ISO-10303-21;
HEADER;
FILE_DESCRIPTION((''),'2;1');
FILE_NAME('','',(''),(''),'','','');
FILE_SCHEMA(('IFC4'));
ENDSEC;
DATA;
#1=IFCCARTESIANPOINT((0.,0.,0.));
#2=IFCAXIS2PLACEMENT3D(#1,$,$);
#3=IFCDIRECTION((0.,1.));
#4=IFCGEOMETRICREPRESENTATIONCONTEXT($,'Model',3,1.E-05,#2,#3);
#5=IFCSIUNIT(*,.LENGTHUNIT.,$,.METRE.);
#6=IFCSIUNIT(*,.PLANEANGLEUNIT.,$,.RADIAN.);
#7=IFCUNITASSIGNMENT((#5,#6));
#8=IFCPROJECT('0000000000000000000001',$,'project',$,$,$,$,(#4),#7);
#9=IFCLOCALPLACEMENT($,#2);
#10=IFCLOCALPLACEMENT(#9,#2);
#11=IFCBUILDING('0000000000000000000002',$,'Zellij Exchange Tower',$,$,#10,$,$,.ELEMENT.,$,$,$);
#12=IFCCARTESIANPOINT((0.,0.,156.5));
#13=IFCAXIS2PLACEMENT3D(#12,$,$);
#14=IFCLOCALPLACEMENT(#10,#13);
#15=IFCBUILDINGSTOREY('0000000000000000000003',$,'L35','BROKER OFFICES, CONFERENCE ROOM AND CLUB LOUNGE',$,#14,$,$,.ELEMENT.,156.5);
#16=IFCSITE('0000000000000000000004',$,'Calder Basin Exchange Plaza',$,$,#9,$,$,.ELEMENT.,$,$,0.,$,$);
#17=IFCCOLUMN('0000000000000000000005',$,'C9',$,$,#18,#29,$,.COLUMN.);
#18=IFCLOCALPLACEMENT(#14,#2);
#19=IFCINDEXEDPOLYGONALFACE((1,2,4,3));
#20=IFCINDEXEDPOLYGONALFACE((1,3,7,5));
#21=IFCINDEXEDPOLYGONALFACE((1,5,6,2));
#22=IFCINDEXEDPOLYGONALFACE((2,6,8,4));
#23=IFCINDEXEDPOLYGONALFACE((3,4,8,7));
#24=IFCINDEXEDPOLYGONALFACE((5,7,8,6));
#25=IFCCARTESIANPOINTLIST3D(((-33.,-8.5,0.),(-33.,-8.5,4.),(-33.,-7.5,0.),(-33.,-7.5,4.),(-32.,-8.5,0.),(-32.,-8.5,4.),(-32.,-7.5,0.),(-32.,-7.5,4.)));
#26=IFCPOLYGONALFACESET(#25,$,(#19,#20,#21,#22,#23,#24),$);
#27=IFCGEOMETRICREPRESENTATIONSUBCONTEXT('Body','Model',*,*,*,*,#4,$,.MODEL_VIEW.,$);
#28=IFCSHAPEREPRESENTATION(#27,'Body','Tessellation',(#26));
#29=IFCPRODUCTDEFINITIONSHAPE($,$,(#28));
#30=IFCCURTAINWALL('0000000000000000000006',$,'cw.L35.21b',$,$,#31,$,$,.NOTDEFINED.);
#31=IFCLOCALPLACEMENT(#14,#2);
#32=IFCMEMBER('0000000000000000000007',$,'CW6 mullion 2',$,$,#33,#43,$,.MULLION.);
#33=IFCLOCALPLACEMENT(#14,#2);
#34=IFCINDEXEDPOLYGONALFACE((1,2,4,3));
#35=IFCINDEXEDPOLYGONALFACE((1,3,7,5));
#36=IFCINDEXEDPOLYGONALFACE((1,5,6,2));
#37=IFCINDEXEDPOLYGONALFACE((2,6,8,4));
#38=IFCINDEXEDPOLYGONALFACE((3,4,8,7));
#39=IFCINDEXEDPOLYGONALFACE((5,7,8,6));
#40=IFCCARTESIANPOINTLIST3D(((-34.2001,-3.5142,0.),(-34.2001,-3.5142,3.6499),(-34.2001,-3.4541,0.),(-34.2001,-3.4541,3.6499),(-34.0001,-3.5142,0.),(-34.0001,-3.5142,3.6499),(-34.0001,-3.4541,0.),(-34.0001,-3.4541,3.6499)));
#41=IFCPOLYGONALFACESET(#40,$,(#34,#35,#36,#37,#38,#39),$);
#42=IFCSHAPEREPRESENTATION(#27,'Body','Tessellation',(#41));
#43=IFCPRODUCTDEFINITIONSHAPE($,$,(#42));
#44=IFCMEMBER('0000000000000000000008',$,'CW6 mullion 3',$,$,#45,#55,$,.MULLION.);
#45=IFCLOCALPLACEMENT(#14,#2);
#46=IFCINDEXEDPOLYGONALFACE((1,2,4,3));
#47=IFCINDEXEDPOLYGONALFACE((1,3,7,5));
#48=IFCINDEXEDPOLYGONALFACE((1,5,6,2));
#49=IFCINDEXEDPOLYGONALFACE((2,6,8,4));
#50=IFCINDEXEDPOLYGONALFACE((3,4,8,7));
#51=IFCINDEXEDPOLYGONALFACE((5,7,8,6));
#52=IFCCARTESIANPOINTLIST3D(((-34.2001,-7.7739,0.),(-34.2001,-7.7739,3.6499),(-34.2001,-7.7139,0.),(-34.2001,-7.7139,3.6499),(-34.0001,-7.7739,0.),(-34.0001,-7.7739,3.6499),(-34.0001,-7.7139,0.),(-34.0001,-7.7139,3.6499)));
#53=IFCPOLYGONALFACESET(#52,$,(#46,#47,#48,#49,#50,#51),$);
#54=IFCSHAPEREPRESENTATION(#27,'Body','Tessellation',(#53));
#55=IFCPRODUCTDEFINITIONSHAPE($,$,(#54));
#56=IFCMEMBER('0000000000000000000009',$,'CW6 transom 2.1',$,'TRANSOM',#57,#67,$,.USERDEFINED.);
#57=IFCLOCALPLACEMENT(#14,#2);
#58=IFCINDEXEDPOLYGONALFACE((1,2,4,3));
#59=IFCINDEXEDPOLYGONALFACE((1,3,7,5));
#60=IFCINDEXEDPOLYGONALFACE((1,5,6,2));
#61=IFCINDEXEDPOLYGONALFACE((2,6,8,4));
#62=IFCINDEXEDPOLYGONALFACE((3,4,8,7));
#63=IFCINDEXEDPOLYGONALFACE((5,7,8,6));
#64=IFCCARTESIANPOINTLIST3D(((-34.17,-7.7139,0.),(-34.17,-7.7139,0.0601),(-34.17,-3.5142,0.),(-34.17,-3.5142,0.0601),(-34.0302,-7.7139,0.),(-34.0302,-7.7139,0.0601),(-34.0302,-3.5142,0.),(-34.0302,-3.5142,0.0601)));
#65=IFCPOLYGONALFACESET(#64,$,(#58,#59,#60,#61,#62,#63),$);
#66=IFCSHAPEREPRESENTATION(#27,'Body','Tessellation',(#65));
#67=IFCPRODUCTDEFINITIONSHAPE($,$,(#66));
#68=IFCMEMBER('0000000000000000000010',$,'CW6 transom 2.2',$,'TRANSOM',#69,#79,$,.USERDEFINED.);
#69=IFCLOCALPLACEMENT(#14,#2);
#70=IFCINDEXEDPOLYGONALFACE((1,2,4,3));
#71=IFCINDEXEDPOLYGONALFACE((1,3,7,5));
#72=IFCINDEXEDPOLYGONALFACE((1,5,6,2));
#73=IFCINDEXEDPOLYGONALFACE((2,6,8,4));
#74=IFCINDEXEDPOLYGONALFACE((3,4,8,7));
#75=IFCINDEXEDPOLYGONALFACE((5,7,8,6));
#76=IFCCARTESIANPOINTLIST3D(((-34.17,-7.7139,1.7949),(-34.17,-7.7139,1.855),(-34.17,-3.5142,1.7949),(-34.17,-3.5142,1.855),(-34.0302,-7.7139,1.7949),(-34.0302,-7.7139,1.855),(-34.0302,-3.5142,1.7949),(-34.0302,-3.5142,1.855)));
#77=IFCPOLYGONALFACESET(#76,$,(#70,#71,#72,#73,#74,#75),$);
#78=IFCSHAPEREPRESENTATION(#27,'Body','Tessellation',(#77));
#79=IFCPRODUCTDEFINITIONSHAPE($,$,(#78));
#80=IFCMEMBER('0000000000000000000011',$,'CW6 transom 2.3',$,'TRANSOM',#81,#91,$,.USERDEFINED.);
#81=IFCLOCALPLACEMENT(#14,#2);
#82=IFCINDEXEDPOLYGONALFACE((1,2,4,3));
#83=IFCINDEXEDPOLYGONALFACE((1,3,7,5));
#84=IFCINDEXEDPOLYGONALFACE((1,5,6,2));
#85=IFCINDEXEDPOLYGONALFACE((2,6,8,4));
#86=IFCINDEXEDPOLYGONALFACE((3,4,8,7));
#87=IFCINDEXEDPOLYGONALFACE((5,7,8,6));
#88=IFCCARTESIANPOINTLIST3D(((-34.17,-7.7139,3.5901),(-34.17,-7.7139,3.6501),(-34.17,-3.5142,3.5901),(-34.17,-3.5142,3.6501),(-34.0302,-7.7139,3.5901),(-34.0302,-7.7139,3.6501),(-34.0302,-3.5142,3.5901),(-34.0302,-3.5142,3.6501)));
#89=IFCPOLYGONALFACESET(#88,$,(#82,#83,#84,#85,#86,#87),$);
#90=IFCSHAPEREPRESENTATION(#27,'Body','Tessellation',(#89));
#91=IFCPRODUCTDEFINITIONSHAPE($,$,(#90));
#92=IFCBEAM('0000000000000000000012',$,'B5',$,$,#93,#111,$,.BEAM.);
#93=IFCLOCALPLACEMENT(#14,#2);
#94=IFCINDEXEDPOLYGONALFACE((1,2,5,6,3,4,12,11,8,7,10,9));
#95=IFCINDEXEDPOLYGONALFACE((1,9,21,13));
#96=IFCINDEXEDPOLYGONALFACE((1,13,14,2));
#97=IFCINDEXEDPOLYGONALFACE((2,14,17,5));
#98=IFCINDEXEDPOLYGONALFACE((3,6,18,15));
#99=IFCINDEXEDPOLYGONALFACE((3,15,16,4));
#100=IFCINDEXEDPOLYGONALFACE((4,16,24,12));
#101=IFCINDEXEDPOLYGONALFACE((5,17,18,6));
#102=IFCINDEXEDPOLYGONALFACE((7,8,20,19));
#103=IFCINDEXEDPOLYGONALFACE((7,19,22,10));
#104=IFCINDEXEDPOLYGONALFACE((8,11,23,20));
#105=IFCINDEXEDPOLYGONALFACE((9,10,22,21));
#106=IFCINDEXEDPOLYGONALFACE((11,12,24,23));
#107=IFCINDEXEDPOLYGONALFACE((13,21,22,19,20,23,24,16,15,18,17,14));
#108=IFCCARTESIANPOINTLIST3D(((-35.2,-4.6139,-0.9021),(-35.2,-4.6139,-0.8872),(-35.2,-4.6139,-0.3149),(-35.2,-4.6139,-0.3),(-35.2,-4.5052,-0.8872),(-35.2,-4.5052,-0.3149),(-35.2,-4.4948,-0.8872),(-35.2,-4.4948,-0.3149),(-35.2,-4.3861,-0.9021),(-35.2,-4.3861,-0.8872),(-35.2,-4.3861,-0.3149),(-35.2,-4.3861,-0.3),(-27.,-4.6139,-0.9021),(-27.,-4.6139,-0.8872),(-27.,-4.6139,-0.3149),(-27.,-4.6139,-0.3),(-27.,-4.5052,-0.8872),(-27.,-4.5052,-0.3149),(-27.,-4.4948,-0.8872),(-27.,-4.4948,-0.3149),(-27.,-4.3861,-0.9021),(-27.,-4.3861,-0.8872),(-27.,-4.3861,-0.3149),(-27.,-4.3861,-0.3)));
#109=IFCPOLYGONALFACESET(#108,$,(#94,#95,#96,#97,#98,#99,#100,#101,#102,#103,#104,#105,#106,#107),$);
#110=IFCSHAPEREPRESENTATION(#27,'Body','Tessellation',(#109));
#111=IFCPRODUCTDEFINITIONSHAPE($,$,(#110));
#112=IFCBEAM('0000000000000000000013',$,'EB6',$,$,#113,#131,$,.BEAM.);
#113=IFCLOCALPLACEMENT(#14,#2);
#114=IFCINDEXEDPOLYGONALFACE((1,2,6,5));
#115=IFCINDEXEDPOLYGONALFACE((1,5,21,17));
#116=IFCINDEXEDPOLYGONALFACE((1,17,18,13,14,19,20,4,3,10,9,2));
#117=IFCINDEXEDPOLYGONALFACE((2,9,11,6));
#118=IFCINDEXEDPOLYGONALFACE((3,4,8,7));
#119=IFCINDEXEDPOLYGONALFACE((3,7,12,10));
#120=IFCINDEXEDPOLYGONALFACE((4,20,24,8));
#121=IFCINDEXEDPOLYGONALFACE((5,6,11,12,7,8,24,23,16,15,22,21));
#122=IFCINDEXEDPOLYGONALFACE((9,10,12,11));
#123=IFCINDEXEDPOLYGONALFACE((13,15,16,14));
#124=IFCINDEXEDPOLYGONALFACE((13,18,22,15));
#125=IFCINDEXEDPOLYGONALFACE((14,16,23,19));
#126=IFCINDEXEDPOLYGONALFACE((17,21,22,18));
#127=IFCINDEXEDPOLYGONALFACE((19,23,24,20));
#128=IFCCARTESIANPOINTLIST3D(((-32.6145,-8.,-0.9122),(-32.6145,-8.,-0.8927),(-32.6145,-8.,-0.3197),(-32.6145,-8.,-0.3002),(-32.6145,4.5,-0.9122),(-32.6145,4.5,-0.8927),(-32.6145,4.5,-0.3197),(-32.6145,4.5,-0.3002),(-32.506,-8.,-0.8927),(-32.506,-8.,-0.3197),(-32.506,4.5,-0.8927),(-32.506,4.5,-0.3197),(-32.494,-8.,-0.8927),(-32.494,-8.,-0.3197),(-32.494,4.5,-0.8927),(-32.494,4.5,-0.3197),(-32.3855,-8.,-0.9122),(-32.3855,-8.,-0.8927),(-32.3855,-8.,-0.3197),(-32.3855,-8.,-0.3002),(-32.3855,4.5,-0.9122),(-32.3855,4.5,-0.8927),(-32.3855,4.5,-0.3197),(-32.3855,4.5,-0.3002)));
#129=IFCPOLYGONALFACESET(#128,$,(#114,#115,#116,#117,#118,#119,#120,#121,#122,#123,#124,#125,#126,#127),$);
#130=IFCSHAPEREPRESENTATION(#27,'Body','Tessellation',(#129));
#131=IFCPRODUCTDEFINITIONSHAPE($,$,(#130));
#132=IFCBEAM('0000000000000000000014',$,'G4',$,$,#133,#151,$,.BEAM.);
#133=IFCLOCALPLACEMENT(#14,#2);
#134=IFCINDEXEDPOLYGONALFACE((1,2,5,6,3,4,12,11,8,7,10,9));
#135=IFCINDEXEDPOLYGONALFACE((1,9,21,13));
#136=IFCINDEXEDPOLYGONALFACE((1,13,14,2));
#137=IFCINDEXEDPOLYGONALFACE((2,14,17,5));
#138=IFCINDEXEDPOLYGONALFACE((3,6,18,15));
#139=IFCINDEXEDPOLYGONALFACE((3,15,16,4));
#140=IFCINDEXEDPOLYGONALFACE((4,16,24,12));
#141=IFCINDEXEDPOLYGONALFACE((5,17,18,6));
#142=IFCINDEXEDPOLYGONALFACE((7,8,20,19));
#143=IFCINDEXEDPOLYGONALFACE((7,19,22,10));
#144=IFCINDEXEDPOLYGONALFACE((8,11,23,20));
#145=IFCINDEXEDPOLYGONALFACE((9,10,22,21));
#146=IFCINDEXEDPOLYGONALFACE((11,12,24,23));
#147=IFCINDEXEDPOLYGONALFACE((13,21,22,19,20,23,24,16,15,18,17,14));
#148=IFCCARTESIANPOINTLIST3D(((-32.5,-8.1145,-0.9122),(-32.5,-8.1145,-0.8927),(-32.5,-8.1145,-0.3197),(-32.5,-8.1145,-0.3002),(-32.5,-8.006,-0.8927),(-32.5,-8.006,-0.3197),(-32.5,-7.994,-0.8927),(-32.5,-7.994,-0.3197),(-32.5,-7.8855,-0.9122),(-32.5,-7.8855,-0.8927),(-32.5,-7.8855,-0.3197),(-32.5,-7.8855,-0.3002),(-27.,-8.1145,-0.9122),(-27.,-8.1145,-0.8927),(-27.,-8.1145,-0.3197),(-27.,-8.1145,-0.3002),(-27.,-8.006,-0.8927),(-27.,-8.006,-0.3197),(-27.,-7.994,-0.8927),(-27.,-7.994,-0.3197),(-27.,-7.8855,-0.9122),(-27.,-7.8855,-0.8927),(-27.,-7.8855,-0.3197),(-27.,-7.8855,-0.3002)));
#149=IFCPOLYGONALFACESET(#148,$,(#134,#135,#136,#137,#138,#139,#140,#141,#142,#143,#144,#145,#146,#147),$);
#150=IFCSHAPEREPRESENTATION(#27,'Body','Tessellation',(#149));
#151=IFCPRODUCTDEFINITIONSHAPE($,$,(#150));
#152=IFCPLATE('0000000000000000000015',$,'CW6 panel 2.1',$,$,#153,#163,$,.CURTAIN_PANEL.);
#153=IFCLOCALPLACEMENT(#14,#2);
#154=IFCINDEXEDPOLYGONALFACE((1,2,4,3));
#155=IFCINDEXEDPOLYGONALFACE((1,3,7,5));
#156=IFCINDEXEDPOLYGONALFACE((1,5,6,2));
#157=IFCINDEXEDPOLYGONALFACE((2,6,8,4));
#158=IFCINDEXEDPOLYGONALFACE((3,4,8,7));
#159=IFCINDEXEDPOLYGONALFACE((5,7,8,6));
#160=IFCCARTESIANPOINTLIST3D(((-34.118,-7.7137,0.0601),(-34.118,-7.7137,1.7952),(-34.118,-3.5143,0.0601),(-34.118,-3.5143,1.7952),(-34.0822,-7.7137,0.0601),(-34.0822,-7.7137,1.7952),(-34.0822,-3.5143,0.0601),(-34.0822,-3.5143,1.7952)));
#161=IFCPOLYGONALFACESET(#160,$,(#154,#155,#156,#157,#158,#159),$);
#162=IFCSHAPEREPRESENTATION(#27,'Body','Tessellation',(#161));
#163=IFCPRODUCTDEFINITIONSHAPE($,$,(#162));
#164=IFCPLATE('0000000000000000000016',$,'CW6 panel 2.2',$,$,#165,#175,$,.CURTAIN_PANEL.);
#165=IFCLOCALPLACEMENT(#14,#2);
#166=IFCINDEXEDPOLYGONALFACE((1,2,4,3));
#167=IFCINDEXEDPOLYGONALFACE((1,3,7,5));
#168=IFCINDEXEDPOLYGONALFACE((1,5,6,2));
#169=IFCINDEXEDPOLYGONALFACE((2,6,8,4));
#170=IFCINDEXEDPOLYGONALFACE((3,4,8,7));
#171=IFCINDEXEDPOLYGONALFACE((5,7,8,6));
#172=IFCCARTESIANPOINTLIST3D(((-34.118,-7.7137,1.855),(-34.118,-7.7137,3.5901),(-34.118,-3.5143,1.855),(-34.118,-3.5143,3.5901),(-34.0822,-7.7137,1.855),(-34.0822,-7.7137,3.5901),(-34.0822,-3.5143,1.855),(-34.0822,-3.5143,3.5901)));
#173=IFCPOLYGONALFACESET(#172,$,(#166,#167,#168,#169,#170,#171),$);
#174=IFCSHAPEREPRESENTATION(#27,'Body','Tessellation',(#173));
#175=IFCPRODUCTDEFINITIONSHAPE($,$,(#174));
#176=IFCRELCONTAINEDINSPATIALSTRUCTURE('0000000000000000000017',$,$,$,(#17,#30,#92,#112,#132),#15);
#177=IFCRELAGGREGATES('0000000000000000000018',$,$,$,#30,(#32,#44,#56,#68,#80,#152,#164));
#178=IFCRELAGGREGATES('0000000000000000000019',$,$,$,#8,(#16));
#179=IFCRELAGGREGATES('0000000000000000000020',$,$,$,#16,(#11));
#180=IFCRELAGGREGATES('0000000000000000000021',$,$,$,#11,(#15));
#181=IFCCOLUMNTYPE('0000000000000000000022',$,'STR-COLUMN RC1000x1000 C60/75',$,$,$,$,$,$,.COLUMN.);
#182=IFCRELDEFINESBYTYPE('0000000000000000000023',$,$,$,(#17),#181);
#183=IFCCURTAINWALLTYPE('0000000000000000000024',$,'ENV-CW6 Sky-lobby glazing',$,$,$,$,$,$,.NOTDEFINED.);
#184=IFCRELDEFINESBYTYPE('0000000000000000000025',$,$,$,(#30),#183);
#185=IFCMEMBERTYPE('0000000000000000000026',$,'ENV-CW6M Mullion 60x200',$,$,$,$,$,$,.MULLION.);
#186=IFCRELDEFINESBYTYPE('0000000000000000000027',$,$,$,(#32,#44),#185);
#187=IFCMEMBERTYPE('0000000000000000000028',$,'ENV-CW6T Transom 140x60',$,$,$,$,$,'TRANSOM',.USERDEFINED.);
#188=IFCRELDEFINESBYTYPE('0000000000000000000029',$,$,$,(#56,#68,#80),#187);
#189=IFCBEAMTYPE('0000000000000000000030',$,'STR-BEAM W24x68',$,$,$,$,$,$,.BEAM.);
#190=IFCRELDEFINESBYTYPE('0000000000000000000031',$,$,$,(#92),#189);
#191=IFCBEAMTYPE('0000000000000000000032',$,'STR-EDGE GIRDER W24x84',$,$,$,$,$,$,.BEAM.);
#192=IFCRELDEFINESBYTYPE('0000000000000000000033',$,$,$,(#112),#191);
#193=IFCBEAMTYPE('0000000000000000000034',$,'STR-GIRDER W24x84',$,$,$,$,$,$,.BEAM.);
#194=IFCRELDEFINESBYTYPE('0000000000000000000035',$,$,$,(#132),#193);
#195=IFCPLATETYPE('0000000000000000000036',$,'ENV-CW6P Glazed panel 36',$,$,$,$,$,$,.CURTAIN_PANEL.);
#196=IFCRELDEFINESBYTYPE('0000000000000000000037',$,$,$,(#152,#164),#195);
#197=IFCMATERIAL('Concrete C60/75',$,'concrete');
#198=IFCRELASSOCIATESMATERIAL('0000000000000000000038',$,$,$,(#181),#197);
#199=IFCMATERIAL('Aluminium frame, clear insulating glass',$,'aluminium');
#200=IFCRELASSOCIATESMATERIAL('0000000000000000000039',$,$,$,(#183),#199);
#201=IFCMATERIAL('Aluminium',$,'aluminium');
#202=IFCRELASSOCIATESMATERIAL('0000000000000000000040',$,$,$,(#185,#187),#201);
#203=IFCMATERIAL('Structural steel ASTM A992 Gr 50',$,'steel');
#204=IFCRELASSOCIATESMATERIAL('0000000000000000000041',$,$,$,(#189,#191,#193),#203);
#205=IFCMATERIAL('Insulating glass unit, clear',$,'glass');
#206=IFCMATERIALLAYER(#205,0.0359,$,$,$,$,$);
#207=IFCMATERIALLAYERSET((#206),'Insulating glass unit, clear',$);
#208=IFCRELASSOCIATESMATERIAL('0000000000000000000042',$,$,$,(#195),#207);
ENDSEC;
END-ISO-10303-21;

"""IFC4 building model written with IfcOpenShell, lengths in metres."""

from ifc_helpers import new_model, si_unit, direction, frame, origin, origin_2d, place, context, subcontext, project, spatial, rectangle, i_section, extrude, material, layer, layer_set, material_profile, profile_set, type_object, element, aggregate, save


model = new_model("IFC4")

# Units and contexts
model_context = context("Model", 3, precision=1e-05, world=origin(), true_north=direction((0.0, 1.0)))
body_context = subcontext(model_context, "Body", "Model", "MODEL_VIEW")
ifc_project = project(units=[si_unit("LENGTHUNIT", "METRE"), si_unit("PLANEANGLEUNIT", "RADIAN")], contexts=[model_context])

# Site, building, storey
site_placement = place(None, origin())
site = spatial("IfcSite", under=ifc_project, at=site_placement, Name="Calder Basin Exchange Plaza", CompositionType="ELEMENT", RefElevation=0.0)
building_placement = place(site_placement, origin())
building = spatial("IfcBuilding", under=site, at=building_placement, Name="Zellij Exchange Tower", CompositionType="ELEMENT")
storey_placement = place(building_placement, frame((0.0, 0.0, 156.5)))
storey = spatial("IfcBuildingStorey", under=building, at=storey_placement, Name="L35", Description="BROKER OFFICES, CONFERENCE ROOM AND CLUB LOUNGE", CompositionType="ELEMENT", Elevation=156.5)

# Column
ifc_material_1 = material(Name="Concrete C60/75", Category="concrete")
ifc_material_profile_1 = material_profile(ifc_material_1, rectangle(XDim=1.0, YDim=1.0, at=origin_2d()), Name="STR-COLUMN RC1000x1000 C60/75")
ifc_profile_set_1 = profile_set([ifc_material_profile_1], Name="Concrete C60/75")
column_type = type_object("IfcColumnType", Name="STR-COLUMN RC1000x1000 C60/75", PredefinedType="COLUMN", material=ifc_profile_set_1)
column_placement = place(storey_placement, frame((-32.5, -8.0, 0.0), z_axis=(0.0, 0.0, 1.0), x_axis=(1.0, 0.0, 0.0)))
element("IfcColumn", 1, at=column_placement, inside=storey, type_object=column_type, Name="C9", PredefinedType="COLUMN", context=body_context, shape_type="SweptSolid", body=[
    extrude(rectangle(XDim=1.0, YDim=1.0, at=origin_2d()), origin(), (0.0, 0.0, 1.0), 4.0),
])

# Curtain wall, members
ifc_material_2 = material(Name="Aluminium frame, clear insulating glass", Category="aluminium")
curtain_wall_type = type_object("IfcCurtainWallType", Name="ENV-CW6 Sky-lobby glazing", PredefinedType="NOTDEFINED", material=ifc_material_2)
curtain_wall_placement = place(storey_placement, origin())
curtain_wall = element("IfcCurtainWall", 2, at=curtain_wall_placement, inside=storey, type_object=curtain_wall_type, Name="cw.L35.21b", PredefinedType="NOTDEFINED")
ifc_material_3 = material(Name="Aluminium", Category="aluminium")
ifc_material_profile_2 = material_profile(ifc_material_3, rectangle(XDim=0.0601, YDim=0.2, at=origin_2d()), Name="AL 60x200")
ifc_profile_set_2 = profile_set([ifc_material_profile_2], Name="Aluminium")
member_type_1 = type_object("IfcMemberType", Name="ENV-CW6M Mullion 60x200", PredefinedType="MULLION", material=ifc_profile_set_2)
member_1_placement = place(storey_placement, frame((-34.1001, -3.4841, 0.0), z_axis=(0.0, 0.0, 1.0), x_axis=(0.0, -1.0, 0.0)))
member_1 = element("IfcMember", 3, at=member_1_placement, type_object=member_type_1, Name="CW6 mullion 2", PredefinedType="MULLION", context=body_context, shape_type="SweptSolid", body=[
    extrude(rectangle(XDim=0.0601, YDim=0.2, at=origin_2d()), origin(), (0.0, 0.0, 1.0), 3.6499),
])
member_2_placement = place(storey_placement, frame((-34.1001, -7.7439, 0.0), z_axis=(0.0, 0.0, 1.0), x_axis=(0.0, -1.0, 0.0)))
member_2 = element("IfcMember", 4, at=member_2_placement, type_object=member_type_1, Name="CW6 mullion 3", PredefinedType="MULLION", context=body_context, shape_type="SweptSolid", body=[
    extrude(rectangle(XDim=0.0601, YDim=0.2, at=origin_2d()), origin(), (0.0, 0.0, 1.0), 3.6499),
])
ifc_material_profile_3 = material_profile(ifc_material_3, rectangle(XDim=0.1399, YDim=0.0601, at=origin_2d()), Name="AL 140x60")
ifc_profile_set_3 = profile_set([ifc_material_profile_3], Name="Aluminium")
member_type_2 = type_object("IfcMemberType", Name="ENV-CW6T Transom 140x60", ElementType="TRANSOM", PredefinedType="USERDEFINED", material=ifc_profile_set_3)
member_3_placement = place(storey_placement, frame((-34.1001, -3.5142, 0.03), z_axis=(0.0, -1.0, 0.0), x_axis=(1.0, 0.0, 0.0)))
member_3 = element("IfcMember", 5, at=member_3_placement, type_object=member_type_2, Name="CW6 transom 2.1", ObjectType="TRANSOM", PredefinedType="USERDEFINED", context=body_context, shape_type="SweptSolid", body=[
    extrude(rectangle(XDim=0.1399, YDim=0.0601, at=origin_2d()), origin(), (0.0, 0.0, 1.0), 4.1997),
])
member_4_placement = place(storey_placement, frame((-34.1001, -3.5142, 1.825), z_axis=(0.0, -1.0, 0.0), x_axis=(1.0, 0.0, 0.0)))
member_4 = element("IfcMember", 6, at=member_4_placement, type_object=member_type_2, Name="CW6 transom 2.2", ObjectType="TRANSOM", PredefinedType="USERDEFINED", context=body_context, shape_type="SweptSolid", body=[
    extrude(rectangle(XDim=0.1399, YDim=0.0601, at=origin_2d()), origin(), (0.0, 0.0, 1.0), 4.1997),
])
member_5_placement = place(storey_placement, frame((-34.1001, -3.5142, 3.6201), z_axis=(0.0, -1.0, 0.0), x_axis=(1.0, 0.0, 0.0)))
member_5 = element("IfcMember", 7, at=member_5_placement, type_object=member_type_2, Name="CW6 transom 2.3", ObjectType="TRANSOM", PredefinedType="USERDEFINED", context=body_context, shape_type="SweptSolid", body=[
    extrude(rectangle(XDim=0.1399, YDim=0.0601, at=origin_2d()), origin(), (0.0, 0.0, 1.0), 4.1997),
])

# Beams
ifc_material_4 = material(Name="Structural steel ASTM A992 Gr 50", Category="steel")
ifc_material_profile_4 = material_profile(ifc_material_4, i_section(OverallWidth=0.2278, OverallDepth=0.6021, WebThickness=0.0105, FlangeThickness=0.0149, at=origin_2d()), Name="W24x68")
ifc_profile_set_4 = profile_set([ifc_material_profile_4], Name="Structural steel ASTM A992 Gr 50")
beam_type_1 = type_object("IfcBeamType", Name="STR-BEAM W24x68", PredefinedType="BEAM", material=ifc_profile_set_4)
beam_1_placement = place(storey_placement, frame((-35.2, -4.5, -0.6011), z_axis=(1.0, 0.0, 0.0), x_axis=(0.0, 1.0, 0.0)))
element("IfcBeam", 8, at=beam_1_placement, inside=storey, type_object=beam_type_1, Name="B5", PredefinedType="BEAM", context=body_context, shape_type="SweptSolid", body=[
    extrude(i_section(OverallWidth=0.2278, OverallDepth=0.6021, WebThickness=0.0105, FlangeThickness=0.0149, at=origin_2d()), origin(), (0.0, 0.0, 1.0), 8.2),
])
ifc_material_profile_5 = material_profile(ifc_material_4, i_section(OverallWidth=0.229, OverallDepth=0.6121, WebThickness=0.012, FlangeThickness=0.0195, at=origin_2d()), Name="W24x84")
ifc_profile_set_5 = profile_set([ifc_material_profile_5], Name="Structural steel ASTM A992 Gr 50")
beam_type_2 = type_object("IfcBeamType", Name="STR-EDGE GIRDER W24x84", PredefinedType="BEAM", material=ifc_profile_set_5)
beam_2_placement = place(storey_placement, frame((-32.5, -8.0, -0.6062), z_axis=(0.0, 1.0, 0.0), x_axis=(-1.0, 0.0, 0.0)))
element("IfcBeam", 9, at=beam_2_placement, inside=storey, type_object=beam_type_2, Name="EB6", PredefinedType="BEAM", context=body_context, shape_type="SweptSolid", body=[
    extrude(i_section(OverallWidth=0.229, OverallDepth=0.6121, WebThickness=0.012, FlangeThickness=0.0195, at=origin_2d()), origin(), (0.0, 0.0, 1.0), 12.5),
])
ifc_material_profile_6 = material_profile(ifc_material_4, i_section(OverallWidth=0.229, OverallDepth=0.6121, WebThickness=0.012, FlangeThickness=0.0195, at=origin_2d()), Name="W24x84")
ifc_profile_set_6 = profile_set([ifc_material_profile_6], Name="Structural steel ASTM A992 Gr 50")
beam_type_3 = type_object("IfcBeamType", Name="STR-GIRDER W24x84", PredefinedType="BEAM", material=ifc_profile_set_6)
beam_3_placement = place(storey_placement, frame((-32.5, -8.0, -0.6062), z_axis=(1.0, 0.0, 0.0), x_axis=(0.0, 1.0, 0.0)))
element("IfcBeam", 10, at=beam_3_placement, inside=storey, type_object=beam_type_3, Name="G4", PredefinedType="BEAM", context=body_context, shape_type="SweptSolid", body=[
    extrude(i_section(OverallWidth=0.229, OverallDepth=0.6121, WebThickness=0.012, FlangeThickness=0.0195, at=origin_2d()), origin(), (0.0, 0.0, 1.0), 5.5),
])

# Plates
ifc_material_5 = material(Name="Insulating glass unit, clear", Category="glass")
ifc_layer_1 = layer(ifc_material_5, 0.0359)
ifc_layer_set_1 = layer_set([ifc_layer_1], Name="Insulating glass unit, clear")
plate_type = type_object("IfcPlateType", Name="ENV-CW6P Glazed panel 36", PredefinedType="CURTAIN_PANEL", material=ifc_layer_set_1)
plate_1_placement = place(storey_placement, frame((-34.1001, -5.614, 0.0601), z_axis=(0.0, 0.0, 1.0), x_axis=(0.0, -1.0, 0.0)))
plate_1 = element("IfcPlate", 11, at=plate_1_placement, type_object=plate_type, Name="CW6 panel 2.1", PredefinedType="CURTAIN_PANEL", context=body_context, shape_type="SweptSolid", body=[
    extrude(rectangle(XDim=4.1995, YDim=0.0359, at=origin_2d()), origin(), (0.0, 0.0, 1.0), 1.7351),
])
plate_2_placement = place(storey_placement, frame((-34.1001, -5.614, 1.855), z_axis=(0.0, 0.0, 1.0), x_axis=(0.0, -1.0, 0.0)))
plate_2 = element("IfcPlate", 12, at=plate_2_placement, type_object=plate_type, Name="CW6 panel 2.2", PredefinedType="CURTAIN_PANEL", context=body_context, shape_type="SweptSolid", body=[
    extrude(rectangle(XDim=4.1995, YDim=0.0359, at=origin_2d()), origin(), (0.0, 0.0, 1.0), 1.7351),
])
aggregate(curtain_wall, [member_1, member_2, member_3, member_4, member_5, plate_1, plate_2])

save(model, "model.ifc")
